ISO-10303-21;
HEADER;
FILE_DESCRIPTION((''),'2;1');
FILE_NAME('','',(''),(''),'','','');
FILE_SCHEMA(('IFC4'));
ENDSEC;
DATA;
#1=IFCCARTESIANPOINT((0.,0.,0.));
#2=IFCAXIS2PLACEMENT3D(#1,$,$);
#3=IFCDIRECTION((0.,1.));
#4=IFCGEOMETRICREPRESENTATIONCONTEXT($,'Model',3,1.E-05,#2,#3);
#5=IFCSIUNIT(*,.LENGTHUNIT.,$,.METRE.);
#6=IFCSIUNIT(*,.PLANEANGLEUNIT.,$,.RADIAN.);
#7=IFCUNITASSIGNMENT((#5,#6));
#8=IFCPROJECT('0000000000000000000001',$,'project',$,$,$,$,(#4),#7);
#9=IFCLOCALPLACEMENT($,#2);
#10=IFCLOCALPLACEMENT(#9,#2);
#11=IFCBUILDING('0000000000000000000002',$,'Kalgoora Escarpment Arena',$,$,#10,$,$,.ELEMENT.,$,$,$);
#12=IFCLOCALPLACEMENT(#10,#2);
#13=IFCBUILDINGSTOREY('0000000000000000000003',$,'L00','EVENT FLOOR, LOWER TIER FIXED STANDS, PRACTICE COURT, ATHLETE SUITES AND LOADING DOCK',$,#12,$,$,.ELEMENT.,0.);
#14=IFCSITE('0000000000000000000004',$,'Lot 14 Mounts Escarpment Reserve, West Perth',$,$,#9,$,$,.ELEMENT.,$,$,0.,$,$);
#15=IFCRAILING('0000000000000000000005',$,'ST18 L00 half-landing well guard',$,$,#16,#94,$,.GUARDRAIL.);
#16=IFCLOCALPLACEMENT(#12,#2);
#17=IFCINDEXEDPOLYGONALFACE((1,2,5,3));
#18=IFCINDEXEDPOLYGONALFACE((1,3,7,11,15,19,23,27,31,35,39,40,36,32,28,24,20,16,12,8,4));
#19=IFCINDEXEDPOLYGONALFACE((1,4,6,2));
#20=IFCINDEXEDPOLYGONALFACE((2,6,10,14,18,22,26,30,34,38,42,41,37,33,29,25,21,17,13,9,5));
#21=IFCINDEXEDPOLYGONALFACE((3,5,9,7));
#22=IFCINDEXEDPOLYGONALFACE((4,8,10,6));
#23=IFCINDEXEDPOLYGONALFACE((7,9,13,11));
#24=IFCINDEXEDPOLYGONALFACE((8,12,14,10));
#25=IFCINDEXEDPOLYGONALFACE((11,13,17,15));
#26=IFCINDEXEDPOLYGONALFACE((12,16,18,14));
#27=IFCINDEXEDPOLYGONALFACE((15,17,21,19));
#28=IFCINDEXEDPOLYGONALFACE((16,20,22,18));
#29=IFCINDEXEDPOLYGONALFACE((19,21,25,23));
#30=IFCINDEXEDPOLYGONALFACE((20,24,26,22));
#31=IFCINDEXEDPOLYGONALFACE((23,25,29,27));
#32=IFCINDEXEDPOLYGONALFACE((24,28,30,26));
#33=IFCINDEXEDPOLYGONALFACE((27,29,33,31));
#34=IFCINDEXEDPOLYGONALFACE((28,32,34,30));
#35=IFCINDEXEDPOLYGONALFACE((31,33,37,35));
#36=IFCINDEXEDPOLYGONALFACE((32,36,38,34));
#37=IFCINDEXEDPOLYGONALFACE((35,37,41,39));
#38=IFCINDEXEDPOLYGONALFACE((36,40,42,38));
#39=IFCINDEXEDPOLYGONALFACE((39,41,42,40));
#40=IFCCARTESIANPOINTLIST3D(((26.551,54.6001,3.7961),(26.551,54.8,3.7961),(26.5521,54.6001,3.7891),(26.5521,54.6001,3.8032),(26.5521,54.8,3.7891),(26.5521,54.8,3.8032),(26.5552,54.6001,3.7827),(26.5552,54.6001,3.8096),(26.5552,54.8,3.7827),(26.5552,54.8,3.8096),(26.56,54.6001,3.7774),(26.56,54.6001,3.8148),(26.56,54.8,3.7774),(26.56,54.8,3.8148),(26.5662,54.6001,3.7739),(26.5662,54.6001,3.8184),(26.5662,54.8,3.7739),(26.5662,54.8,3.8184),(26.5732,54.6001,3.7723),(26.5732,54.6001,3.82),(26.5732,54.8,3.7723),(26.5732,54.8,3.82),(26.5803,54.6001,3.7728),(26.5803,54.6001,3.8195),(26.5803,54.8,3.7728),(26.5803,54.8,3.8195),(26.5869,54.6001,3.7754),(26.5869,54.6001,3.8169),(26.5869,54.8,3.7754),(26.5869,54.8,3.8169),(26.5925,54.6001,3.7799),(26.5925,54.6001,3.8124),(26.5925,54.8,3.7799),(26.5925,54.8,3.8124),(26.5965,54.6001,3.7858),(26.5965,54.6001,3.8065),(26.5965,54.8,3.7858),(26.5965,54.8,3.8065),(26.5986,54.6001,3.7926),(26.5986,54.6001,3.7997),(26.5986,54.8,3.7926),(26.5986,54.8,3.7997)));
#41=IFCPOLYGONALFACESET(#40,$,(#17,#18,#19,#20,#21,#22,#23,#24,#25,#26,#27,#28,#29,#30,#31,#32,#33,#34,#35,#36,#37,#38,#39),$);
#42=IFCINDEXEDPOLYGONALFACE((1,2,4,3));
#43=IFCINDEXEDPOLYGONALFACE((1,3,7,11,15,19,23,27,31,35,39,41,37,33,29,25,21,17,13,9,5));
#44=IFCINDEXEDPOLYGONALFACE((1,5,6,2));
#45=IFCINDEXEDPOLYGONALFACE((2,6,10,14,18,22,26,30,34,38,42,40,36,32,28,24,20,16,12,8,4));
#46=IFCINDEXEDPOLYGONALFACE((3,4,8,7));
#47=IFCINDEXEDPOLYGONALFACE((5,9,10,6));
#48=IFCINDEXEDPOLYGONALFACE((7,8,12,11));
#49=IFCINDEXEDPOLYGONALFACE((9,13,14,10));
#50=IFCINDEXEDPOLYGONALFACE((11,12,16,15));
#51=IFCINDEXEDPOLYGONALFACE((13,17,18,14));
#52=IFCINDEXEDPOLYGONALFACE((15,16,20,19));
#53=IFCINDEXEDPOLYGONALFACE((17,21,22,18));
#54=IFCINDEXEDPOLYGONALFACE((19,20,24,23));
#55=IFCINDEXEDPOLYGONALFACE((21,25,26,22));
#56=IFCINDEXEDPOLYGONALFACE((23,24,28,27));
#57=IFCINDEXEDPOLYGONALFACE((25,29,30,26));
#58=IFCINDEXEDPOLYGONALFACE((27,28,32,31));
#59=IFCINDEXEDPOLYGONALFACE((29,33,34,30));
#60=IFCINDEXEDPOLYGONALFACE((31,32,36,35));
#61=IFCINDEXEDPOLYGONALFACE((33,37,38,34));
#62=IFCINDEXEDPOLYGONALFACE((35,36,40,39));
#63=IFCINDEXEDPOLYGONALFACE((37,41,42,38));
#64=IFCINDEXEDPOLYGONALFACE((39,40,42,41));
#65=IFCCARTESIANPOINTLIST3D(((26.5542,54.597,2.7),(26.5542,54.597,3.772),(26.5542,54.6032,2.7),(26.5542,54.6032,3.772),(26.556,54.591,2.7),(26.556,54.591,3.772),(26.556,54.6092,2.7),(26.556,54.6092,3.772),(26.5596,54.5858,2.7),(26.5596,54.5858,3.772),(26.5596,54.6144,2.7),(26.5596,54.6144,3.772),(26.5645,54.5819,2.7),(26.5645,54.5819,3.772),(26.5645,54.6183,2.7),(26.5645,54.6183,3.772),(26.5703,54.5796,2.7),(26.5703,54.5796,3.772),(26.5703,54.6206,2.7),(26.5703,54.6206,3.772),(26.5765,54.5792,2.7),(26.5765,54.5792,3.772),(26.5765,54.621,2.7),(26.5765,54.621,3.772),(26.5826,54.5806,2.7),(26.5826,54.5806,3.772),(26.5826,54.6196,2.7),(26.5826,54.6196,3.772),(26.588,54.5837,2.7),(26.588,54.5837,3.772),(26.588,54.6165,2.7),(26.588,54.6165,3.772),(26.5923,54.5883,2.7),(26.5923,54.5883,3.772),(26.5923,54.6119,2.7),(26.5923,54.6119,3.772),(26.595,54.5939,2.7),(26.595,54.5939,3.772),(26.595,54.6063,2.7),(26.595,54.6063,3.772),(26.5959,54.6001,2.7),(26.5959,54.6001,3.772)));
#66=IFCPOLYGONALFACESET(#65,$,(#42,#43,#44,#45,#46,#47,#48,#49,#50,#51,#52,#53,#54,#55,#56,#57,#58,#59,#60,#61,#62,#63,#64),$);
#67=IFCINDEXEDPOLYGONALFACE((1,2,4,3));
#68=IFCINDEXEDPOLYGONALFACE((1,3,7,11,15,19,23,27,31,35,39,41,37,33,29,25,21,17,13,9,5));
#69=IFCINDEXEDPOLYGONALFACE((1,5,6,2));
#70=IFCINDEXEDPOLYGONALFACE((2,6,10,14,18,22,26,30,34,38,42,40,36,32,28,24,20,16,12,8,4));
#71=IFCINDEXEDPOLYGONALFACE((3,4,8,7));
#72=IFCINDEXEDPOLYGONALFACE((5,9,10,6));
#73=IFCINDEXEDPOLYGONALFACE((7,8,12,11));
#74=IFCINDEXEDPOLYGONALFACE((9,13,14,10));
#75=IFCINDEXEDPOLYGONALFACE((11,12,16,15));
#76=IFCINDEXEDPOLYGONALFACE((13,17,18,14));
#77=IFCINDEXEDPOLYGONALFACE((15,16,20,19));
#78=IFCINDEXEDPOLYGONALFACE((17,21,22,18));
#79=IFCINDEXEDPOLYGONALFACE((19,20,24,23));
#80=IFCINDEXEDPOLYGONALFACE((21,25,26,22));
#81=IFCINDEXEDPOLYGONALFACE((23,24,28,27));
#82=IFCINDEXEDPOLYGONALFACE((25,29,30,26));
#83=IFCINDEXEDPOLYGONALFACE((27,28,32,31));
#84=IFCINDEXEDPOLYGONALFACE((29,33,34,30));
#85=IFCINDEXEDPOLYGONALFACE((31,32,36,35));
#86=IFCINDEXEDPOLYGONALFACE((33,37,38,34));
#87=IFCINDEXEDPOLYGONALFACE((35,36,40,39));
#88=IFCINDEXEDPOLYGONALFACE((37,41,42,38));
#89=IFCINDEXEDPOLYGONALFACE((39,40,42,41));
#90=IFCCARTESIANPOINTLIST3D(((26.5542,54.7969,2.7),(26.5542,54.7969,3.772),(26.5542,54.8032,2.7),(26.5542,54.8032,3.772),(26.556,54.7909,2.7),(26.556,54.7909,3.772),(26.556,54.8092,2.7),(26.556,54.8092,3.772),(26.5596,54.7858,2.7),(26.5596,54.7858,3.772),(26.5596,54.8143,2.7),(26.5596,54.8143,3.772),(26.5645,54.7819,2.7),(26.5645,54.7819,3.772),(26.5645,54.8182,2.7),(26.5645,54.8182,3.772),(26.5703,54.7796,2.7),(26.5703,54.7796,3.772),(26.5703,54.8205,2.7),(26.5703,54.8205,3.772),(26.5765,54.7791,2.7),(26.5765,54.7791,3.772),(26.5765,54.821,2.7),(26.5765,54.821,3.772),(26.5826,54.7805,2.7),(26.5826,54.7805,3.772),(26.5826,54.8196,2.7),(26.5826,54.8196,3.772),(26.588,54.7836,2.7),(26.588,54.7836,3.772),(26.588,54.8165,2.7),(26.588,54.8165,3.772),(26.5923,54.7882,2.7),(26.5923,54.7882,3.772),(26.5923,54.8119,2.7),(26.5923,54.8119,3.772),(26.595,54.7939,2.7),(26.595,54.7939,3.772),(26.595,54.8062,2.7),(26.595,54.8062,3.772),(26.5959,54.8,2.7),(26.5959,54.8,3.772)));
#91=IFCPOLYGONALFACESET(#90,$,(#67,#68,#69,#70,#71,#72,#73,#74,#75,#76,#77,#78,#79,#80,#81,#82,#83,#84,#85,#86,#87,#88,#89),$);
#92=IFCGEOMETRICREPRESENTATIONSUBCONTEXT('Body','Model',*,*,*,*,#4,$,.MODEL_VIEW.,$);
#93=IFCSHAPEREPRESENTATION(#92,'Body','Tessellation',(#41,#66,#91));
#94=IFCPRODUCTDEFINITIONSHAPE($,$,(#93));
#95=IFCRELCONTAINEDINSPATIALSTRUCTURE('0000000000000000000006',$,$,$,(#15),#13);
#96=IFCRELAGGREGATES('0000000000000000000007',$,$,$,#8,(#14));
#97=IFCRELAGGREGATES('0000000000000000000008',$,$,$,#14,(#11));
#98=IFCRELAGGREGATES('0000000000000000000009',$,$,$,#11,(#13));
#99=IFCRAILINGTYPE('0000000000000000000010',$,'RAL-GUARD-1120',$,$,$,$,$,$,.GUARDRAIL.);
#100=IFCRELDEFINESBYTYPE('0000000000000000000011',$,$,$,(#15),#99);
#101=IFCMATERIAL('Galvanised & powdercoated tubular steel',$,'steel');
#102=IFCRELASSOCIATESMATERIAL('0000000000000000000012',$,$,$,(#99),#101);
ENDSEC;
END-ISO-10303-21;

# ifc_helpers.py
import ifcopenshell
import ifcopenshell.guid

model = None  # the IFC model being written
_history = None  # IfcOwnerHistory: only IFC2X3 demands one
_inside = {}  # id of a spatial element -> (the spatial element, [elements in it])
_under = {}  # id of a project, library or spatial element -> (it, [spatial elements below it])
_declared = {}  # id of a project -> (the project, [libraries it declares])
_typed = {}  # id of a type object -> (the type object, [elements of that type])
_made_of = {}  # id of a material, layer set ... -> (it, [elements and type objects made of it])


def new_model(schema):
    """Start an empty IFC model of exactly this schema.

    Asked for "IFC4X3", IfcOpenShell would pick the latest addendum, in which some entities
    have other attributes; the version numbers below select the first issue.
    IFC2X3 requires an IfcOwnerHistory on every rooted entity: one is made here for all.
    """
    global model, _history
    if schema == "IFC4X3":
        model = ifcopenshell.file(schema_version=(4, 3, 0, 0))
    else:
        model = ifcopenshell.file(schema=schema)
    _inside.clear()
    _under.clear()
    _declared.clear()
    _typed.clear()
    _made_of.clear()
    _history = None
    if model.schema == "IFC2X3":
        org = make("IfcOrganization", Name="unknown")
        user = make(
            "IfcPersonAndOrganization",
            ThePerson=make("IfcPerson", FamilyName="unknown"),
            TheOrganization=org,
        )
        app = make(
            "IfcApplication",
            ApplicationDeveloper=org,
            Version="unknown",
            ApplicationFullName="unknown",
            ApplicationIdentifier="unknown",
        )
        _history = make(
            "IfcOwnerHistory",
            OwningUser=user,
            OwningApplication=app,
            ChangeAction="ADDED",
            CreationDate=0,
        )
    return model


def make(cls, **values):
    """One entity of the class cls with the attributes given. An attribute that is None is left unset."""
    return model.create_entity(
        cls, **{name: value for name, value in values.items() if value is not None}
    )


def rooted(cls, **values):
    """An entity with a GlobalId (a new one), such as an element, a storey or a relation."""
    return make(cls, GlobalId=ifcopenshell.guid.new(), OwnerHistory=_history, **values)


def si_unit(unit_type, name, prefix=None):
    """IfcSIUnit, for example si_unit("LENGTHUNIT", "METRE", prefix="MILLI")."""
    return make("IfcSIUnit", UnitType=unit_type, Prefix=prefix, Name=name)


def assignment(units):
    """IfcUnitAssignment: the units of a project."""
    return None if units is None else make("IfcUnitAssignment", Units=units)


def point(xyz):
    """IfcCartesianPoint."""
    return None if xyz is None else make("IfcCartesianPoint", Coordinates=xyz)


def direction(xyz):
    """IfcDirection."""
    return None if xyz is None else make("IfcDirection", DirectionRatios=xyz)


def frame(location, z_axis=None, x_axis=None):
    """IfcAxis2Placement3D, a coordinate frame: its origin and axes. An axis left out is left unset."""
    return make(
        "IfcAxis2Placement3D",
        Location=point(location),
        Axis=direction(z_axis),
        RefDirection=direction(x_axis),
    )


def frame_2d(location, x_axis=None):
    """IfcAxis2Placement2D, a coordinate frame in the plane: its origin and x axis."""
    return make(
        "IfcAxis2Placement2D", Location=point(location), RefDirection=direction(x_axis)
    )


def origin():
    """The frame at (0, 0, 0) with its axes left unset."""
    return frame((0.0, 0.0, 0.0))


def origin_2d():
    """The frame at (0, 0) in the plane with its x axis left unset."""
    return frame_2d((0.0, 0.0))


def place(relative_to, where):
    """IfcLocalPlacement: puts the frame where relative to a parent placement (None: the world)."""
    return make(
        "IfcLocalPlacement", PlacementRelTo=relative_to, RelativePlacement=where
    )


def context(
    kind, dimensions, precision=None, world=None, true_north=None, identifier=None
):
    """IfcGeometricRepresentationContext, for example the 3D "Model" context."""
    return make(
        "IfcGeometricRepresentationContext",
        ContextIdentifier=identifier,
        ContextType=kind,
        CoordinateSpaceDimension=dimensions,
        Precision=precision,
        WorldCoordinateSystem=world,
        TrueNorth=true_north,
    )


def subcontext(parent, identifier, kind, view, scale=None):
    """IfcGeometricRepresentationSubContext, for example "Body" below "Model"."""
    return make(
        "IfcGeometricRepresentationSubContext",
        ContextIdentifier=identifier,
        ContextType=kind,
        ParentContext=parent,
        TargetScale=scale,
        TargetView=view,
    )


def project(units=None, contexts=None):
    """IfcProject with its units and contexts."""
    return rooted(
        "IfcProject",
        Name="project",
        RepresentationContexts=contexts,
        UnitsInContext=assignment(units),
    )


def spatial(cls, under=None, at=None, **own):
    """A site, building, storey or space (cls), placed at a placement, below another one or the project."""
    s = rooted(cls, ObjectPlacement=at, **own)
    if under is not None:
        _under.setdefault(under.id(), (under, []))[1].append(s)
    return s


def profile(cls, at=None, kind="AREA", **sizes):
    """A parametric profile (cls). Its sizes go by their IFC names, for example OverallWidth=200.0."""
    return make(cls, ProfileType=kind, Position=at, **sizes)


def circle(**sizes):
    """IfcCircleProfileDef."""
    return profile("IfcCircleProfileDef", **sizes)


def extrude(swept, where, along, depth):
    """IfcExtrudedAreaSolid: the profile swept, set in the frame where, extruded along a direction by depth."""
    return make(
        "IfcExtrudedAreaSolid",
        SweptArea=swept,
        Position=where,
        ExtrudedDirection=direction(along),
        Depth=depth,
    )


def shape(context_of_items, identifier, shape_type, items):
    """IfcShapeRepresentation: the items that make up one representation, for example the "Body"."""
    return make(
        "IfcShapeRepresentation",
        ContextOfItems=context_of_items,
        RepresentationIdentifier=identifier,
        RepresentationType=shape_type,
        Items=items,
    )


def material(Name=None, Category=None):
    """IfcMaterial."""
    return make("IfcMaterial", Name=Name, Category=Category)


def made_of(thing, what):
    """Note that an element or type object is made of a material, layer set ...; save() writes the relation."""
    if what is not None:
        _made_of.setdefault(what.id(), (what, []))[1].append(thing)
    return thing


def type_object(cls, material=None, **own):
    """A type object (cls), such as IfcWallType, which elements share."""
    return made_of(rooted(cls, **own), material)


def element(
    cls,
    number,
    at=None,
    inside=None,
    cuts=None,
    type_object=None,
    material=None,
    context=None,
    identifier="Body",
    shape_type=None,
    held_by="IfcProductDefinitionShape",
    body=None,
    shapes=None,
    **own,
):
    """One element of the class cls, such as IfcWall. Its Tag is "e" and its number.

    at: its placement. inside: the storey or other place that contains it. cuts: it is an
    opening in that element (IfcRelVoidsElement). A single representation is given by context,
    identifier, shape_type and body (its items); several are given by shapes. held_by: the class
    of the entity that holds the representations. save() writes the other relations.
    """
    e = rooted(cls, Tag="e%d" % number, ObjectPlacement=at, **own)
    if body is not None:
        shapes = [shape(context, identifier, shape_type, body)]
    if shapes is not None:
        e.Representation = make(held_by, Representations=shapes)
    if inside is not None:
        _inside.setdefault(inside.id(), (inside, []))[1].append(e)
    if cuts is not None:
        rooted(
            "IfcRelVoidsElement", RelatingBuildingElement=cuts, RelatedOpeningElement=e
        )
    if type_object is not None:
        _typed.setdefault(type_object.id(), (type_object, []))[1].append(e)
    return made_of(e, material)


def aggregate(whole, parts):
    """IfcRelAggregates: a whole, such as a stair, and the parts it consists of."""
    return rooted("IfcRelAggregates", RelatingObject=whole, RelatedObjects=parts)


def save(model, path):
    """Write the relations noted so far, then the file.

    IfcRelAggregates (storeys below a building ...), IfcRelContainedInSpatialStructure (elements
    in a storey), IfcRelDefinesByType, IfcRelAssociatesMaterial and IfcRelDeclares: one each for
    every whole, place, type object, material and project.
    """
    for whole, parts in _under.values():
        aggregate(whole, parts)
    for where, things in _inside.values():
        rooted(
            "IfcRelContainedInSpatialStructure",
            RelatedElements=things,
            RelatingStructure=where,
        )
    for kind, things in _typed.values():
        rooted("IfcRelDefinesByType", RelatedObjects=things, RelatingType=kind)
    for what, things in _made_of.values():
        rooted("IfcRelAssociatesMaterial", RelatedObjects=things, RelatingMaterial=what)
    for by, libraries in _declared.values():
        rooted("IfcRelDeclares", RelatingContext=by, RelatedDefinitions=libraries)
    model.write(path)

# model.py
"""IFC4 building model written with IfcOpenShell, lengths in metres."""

from ifc_helpers import new_model, si_unit, direction, frame, origin, origin_2d, place, context, subcontext, project, spatial, circle, extrude, material, type_object, element, save


model = new_model("IFC4")

# Units and contexts
model_context = context("Model", 3, precision=1e-05, world=origin(), true_north=direction((0.0, 1.0)))
body_context = subcontext(model_context, "Body", "Model", "MODEL_VIEW")
ifc_project = project(units=[si_unit("LENGTHUNIT", "METRE"), si_unit("PLANEANGLEUNIT", "RADIAN")], contexts=[model_context])

# Site, building, storey
site_placement = place(None, origin())
site = spatial("IfcSite", under=ifc_project, at=site_placement, Name="Lot 14 Mounts Escarpment Reserve, West Perth", CompositionType="ELEMENT", RefElevation=0.0)
building_placement = place(site_placement, origin())
building = spatial("IfcBuilding", under=site, at=building_placement, Name="Kalgoora Escarpment Arena", CompositionType="ELEMENT")
storey_placement = place(building_placement, origin())
storey = spatial("IfcBuildingStorey", under=building, at=storey_placement, Name="L00", Description="EVENT FLOOR, LOWER TIER FIXED STANDS, PRACTICE COURT, ATHLETE SUITES AND LOADING DOCK", CompositionType="ELEMENT", Elevation=0.0)

# Railing
ifc_material_1 = material(Name="Galvanised & powdercoated tubular steel", Category="steel")
railing_type_1 = type_object("IfcRailingType", Name="RAL-GUARD-1120", PredefinedType="GUARDRAIL", material=ifc_material_1)
railing_1_placement = place(storey_placement, frame((26.575, 54.6001, 2.7)))
element("IfcRailing", 1, at=railing_1_placement, inside=storey, type_object=railing_type_1, Name="ST18 L00 half-landing well guard", PredefinedType="GUARDRAIL", context=body_context, shape_type="SweptSolid", body=[
    extrude(circle(Radius=0.0239, at=origin_2d()), frame((0.0, 0.0, 1.0962), z_axis=(0.0, 1.0, 0.0), x_axis=(-1.0, 0.0, 0.0)), (0.0, 0.0, 1.0), 0.2),
    extrude(circle(Radius=0.021, at=origin_2d()), origin(), (0.0, 0.0, 1.0), 1.072),
    extrude(circle(Radius=0.021, at=origin_2d()), frame((0.0, 0.2, 0.0)), (0.0, 0.0, 1.0), 1.072),
])

save(model, "model.ifc")
